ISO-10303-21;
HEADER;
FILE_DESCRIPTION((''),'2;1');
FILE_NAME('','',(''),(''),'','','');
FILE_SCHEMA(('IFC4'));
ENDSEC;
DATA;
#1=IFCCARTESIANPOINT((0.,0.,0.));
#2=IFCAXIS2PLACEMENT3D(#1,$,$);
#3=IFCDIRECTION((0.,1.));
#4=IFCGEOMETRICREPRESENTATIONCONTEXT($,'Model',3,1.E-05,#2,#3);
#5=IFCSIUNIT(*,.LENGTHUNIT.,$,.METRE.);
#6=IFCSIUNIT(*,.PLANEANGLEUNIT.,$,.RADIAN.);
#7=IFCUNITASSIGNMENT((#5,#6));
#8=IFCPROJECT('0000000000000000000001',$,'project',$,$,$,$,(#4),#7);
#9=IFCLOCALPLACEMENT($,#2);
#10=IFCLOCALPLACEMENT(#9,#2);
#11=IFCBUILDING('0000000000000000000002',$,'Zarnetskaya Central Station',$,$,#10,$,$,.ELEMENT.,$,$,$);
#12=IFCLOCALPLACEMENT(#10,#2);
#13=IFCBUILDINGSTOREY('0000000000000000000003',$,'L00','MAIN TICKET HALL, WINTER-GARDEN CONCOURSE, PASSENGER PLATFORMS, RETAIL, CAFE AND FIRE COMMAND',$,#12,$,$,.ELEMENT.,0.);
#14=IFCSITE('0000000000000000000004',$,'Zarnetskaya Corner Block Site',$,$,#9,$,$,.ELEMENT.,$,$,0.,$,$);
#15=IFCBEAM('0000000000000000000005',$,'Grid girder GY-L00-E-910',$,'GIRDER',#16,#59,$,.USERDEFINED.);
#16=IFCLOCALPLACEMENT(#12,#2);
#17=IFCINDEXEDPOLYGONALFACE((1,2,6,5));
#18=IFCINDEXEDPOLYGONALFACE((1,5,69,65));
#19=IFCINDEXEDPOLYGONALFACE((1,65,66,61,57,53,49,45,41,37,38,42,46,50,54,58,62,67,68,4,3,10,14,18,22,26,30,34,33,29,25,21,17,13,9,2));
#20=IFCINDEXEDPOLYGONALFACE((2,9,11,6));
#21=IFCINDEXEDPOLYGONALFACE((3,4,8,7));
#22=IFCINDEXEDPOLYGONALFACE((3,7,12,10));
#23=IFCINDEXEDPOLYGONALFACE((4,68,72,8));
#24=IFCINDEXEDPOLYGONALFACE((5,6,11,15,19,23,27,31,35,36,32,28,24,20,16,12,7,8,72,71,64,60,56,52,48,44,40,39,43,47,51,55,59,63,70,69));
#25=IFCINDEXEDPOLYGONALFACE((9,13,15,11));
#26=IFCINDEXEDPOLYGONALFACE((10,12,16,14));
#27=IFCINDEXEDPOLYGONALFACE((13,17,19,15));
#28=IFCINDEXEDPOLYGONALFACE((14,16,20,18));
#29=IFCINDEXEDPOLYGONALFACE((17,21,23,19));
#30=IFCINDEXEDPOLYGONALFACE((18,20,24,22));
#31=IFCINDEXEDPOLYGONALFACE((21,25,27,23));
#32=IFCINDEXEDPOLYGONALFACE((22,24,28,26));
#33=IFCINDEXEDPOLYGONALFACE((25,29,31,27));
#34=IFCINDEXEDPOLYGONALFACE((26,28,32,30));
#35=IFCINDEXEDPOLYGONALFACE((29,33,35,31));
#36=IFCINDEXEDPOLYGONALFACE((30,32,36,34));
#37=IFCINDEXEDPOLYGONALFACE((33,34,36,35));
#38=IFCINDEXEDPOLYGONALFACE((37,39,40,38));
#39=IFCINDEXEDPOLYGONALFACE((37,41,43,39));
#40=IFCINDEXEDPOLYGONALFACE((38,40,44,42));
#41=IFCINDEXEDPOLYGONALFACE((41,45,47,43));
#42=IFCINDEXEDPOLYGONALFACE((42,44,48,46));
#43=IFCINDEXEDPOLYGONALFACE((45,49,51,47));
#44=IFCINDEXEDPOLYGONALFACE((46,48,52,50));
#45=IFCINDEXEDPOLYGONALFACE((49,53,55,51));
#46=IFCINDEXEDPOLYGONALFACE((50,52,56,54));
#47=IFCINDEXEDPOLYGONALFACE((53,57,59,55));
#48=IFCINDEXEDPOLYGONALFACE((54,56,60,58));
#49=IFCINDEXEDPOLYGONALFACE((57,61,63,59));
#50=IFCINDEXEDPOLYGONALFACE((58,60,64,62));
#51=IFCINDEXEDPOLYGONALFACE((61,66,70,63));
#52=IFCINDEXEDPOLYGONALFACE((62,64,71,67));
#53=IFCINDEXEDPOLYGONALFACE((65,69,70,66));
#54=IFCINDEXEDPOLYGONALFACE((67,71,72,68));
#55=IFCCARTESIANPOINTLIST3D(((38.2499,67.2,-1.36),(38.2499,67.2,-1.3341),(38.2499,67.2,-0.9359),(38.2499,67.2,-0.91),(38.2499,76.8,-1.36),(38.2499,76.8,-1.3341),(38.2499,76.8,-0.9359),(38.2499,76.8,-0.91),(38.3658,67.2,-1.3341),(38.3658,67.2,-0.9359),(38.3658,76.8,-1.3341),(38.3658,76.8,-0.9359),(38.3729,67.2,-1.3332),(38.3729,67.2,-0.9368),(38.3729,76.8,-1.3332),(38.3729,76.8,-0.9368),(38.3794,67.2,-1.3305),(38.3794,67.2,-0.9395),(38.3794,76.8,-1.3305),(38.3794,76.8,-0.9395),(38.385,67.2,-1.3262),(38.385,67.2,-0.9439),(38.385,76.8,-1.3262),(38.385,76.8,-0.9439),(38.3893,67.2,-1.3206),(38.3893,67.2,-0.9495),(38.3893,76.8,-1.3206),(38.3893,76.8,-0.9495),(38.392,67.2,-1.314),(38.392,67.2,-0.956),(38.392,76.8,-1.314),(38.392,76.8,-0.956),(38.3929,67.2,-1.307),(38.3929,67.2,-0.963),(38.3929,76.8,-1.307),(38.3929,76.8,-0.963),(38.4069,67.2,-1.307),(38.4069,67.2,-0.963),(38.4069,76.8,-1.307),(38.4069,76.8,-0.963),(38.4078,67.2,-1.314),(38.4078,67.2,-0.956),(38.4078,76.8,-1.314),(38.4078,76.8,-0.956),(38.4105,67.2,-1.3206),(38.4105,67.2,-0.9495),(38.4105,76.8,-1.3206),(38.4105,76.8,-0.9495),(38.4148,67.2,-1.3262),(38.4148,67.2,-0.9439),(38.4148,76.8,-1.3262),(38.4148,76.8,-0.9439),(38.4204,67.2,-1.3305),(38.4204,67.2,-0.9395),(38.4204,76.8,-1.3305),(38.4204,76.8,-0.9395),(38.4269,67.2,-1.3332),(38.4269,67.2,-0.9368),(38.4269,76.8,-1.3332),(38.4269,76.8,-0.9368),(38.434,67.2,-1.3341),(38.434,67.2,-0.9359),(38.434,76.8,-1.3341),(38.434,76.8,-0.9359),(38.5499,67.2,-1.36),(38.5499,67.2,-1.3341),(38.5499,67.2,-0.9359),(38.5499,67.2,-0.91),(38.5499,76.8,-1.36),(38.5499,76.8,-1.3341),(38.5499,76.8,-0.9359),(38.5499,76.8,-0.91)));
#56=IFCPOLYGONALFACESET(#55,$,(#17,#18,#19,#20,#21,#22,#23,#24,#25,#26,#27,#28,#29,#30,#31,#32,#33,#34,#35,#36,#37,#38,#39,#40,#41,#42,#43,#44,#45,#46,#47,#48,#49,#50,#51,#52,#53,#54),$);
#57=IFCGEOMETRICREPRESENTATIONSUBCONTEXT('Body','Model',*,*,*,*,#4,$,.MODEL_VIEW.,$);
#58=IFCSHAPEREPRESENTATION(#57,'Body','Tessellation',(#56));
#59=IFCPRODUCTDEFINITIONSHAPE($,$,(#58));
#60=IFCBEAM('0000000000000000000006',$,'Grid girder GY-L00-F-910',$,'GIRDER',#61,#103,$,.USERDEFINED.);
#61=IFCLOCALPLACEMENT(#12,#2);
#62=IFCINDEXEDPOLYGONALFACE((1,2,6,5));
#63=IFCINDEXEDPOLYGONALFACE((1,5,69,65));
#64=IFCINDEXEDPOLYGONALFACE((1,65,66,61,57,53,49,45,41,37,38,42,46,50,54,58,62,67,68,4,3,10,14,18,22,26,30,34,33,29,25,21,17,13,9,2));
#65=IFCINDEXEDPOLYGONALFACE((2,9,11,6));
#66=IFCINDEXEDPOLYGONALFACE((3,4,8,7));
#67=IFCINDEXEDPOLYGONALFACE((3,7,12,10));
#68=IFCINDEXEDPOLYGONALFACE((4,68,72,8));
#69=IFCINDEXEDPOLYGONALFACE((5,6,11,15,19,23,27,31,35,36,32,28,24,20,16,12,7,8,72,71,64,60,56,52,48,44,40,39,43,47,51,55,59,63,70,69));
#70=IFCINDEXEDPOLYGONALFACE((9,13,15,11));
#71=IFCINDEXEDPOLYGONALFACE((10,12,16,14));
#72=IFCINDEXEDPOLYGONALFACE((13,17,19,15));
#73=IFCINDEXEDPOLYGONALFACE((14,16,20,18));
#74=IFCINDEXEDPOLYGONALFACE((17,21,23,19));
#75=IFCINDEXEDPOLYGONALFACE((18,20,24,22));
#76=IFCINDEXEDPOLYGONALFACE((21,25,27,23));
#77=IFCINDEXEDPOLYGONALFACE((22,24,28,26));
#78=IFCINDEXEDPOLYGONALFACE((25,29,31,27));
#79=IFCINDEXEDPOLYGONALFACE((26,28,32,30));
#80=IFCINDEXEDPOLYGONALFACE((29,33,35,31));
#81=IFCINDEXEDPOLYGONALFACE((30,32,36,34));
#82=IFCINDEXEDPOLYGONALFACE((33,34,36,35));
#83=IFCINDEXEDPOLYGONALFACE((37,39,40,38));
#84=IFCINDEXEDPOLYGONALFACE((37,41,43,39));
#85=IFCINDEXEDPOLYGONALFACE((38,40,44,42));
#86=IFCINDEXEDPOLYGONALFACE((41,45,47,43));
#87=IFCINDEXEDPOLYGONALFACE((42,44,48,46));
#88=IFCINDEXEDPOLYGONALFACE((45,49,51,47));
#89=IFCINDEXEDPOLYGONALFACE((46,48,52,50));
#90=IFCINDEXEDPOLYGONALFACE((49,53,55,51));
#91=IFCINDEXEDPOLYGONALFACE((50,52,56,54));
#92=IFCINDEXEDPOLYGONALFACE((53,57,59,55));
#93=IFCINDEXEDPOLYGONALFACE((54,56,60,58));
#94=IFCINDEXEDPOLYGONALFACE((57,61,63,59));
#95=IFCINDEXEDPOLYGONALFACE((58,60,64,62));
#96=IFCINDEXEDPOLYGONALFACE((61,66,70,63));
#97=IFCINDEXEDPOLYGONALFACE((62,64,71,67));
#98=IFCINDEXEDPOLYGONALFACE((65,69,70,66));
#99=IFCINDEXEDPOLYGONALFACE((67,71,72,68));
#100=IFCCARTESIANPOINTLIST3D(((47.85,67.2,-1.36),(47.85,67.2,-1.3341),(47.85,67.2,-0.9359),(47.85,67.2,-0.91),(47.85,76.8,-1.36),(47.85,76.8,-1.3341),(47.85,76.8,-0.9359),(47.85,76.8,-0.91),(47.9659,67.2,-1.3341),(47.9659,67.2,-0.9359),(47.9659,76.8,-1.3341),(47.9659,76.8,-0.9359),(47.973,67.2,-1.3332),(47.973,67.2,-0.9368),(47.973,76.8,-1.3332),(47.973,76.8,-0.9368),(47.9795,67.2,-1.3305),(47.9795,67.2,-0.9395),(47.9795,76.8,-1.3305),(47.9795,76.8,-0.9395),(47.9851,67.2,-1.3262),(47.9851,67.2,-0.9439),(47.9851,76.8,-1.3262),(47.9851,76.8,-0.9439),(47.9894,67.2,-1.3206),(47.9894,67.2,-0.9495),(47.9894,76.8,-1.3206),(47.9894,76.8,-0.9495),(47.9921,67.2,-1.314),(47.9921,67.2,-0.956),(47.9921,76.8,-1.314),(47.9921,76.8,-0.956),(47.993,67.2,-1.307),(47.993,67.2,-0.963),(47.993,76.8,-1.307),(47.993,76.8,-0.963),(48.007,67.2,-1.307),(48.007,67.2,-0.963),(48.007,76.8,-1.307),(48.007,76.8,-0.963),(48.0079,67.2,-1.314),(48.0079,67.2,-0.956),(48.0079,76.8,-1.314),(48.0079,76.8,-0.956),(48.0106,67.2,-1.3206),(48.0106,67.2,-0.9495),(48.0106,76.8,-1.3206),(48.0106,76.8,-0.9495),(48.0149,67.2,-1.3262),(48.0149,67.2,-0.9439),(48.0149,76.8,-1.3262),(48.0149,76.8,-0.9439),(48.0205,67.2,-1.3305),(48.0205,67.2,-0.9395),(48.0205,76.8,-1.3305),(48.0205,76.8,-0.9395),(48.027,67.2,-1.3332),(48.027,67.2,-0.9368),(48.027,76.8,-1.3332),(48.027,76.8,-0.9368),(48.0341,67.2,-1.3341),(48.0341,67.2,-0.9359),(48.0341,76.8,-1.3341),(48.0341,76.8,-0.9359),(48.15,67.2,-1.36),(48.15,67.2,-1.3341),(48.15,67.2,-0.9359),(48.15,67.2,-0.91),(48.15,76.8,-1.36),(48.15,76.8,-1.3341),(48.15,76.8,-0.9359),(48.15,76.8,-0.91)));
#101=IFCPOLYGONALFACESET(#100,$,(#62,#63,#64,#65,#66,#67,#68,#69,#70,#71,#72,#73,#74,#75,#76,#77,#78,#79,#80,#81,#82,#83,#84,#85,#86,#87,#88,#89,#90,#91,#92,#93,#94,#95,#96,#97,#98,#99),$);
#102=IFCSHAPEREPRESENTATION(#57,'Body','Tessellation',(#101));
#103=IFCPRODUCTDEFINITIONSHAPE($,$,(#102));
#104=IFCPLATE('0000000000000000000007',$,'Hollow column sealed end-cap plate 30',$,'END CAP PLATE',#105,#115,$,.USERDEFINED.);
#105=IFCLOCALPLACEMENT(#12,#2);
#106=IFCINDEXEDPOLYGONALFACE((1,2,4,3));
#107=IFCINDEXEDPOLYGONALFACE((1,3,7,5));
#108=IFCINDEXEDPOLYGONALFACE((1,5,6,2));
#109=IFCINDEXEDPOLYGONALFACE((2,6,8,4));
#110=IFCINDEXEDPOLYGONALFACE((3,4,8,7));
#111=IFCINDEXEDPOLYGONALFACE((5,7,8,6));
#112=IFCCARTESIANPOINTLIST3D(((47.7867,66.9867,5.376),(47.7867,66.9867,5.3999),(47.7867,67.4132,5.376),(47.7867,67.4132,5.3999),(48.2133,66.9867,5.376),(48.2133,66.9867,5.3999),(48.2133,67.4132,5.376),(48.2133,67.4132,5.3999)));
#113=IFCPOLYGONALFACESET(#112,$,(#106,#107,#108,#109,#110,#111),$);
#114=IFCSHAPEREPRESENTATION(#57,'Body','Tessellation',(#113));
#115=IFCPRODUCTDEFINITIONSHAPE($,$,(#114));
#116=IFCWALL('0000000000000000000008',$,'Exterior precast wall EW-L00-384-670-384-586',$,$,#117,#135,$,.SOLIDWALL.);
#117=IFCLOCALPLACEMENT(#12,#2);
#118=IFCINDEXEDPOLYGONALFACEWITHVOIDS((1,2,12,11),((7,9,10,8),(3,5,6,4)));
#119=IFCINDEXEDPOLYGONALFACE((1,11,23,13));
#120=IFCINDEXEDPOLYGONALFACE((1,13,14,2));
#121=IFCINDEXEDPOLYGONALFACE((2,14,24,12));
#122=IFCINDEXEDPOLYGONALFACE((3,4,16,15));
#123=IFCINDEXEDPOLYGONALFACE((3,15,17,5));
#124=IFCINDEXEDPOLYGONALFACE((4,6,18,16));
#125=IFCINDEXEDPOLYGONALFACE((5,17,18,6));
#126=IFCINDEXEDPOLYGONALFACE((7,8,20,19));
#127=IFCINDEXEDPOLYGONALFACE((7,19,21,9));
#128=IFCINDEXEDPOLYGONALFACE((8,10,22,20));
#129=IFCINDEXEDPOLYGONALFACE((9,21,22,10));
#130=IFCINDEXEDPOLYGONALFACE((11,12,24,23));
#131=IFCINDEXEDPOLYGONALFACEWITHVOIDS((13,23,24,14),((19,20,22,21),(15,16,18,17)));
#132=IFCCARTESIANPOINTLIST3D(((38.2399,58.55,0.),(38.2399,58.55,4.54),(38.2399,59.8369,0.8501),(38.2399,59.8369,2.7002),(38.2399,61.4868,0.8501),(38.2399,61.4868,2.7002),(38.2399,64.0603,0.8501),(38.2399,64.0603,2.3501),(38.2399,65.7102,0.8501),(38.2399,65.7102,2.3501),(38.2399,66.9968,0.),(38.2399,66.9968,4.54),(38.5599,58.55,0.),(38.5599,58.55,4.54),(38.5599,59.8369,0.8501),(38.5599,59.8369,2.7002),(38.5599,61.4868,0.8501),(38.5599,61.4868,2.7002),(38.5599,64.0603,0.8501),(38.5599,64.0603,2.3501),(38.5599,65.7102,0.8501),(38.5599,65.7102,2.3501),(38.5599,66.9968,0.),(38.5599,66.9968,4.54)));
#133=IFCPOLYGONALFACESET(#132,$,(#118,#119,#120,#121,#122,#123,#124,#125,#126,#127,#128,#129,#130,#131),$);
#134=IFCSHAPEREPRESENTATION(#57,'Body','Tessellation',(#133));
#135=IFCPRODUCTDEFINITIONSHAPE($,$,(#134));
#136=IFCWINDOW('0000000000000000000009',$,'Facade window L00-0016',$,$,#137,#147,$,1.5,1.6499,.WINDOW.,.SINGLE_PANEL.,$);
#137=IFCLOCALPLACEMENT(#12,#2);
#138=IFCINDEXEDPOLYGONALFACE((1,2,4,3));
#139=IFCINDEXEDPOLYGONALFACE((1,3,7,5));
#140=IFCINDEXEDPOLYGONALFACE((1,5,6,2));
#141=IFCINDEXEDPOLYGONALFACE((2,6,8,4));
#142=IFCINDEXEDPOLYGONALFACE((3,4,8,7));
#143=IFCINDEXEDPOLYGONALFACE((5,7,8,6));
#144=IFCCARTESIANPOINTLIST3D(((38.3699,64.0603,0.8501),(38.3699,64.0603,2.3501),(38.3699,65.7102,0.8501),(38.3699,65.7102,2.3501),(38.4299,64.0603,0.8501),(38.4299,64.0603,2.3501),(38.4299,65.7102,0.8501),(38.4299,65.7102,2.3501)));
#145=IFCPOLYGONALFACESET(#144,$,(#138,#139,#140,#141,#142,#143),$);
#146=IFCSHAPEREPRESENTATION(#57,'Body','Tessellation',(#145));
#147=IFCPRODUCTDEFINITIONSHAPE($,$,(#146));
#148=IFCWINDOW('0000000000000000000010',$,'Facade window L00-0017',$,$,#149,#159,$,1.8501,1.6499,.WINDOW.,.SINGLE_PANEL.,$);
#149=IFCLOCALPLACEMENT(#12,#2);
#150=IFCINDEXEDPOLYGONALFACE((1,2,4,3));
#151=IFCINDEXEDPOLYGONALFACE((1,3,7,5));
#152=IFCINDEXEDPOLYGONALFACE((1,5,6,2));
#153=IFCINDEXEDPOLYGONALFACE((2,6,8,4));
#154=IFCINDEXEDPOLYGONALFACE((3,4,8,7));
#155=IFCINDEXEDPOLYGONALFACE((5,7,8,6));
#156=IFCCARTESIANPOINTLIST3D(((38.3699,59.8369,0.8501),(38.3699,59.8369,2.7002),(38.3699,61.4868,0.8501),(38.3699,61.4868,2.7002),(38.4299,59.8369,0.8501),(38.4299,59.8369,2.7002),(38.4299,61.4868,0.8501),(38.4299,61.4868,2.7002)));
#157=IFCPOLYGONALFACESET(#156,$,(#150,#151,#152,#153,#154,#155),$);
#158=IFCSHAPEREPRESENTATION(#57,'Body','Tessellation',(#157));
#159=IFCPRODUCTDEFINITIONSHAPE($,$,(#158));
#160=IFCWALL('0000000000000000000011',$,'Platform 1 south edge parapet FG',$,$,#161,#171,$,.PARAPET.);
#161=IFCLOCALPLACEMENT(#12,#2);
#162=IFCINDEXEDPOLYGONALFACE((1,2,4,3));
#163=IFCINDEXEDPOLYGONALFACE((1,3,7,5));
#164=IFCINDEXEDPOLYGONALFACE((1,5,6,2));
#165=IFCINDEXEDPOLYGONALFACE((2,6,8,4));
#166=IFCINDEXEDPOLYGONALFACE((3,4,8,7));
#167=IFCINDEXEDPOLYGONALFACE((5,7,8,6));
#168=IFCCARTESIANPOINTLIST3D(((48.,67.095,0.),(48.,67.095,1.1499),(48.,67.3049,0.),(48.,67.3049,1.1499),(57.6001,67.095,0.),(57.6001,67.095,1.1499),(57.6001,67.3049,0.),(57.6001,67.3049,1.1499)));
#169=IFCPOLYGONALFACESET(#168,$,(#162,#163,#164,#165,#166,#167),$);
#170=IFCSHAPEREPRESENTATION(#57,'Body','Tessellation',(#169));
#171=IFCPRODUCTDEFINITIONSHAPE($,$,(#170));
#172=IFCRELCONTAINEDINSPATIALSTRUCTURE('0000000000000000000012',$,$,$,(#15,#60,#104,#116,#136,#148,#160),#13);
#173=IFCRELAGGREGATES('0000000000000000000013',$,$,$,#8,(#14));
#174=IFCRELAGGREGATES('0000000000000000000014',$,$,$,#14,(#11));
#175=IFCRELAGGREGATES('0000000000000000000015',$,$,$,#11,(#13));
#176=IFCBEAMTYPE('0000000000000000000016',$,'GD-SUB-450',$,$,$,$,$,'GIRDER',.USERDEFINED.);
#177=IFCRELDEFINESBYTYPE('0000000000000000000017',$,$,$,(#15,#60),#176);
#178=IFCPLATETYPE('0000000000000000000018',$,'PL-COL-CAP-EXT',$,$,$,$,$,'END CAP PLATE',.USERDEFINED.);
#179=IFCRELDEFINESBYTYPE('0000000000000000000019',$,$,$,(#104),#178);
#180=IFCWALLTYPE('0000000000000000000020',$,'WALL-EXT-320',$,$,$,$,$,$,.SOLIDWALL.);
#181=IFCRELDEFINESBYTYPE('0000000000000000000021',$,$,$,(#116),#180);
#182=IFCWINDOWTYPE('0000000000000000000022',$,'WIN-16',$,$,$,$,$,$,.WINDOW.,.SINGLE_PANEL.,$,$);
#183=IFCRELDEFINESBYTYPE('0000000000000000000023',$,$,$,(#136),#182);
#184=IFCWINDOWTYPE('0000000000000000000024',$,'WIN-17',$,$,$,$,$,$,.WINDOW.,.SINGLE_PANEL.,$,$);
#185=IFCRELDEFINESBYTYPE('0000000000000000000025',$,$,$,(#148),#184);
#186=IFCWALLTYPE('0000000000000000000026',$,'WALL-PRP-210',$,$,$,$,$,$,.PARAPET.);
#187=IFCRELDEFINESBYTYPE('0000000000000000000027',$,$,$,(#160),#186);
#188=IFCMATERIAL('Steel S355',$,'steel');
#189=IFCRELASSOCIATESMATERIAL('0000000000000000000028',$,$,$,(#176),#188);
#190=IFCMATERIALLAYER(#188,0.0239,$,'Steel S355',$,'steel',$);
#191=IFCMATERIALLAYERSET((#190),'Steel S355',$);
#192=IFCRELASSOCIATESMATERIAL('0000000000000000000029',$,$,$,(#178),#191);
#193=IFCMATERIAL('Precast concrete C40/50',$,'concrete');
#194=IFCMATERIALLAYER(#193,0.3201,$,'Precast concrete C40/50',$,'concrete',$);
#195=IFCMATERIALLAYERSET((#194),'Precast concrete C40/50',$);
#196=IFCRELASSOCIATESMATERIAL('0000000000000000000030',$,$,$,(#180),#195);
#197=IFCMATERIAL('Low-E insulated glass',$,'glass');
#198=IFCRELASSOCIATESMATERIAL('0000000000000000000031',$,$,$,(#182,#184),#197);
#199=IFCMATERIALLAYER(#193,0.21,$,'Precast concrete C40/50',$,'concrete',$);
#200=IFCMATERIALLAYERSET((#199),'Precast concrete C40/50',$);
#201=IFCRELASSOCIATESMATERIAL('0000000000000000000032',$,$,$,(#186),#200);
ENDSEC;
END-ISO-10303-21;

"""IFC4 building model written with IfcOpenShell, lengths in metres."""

from ifc_helpers import new_model, si_unit, direction, frame, frame_2d, origin, origin_2d, place, context, subcontext, project, spatial, rectangle, i_section, extrude, material, layer, layer_set, material_profile, profile_set, type_object, element, fill, save


model = new_model("IFC4")

# Units and contexts
model_context = context("Model", 3, precision=1e-05, world=origin(), true_north=direction((0.0, 1.0)))
body_context = subcontext(model_context, "Body", "Model", "MODEL_VIEW")
ifc_project = project(units=[si_unit("LENGTHUNIT", "METRE"), si_unit("PLANEANGLEUNIT", "RADIAN")], contexts=[model_context])

# Site, building, storey
site_placement = place(None, origin())
site = spatial("IfcSite", under=ifc_project, at=site_placement, Name="Zarnetskaya Corner Block Site", CompositionType="ELEMENT", RefElevation=0.0)
building_placement = place(site_placement, origin())
building = spatial("IfcBuilding", under=site, at=building_placement, Name="Zarnetskaya Central Station", CompositionType="ELEMENT")
storey_placement = place(building_placement, origin())
storey = spatial("IfcBuildingStorey", under=building, at=storey_placement, Name="L00", Description="MAIN TICKET HALL, WINTER-GARDEN CONCOURSE, PASSENGER PLATFORMS, RETAIL, CAFE AND FIRE COMMAND", CompositionType="ELEMENT", Elevation=0.0)

# Shared definitions
ifc_material_1 = material(Name="Steel S355", Category="steel")

# Beams
ifc_material_profile_1 = material_profile(ifc_material_1, i_section(OverallWidth=0.3, OverallDepth=0.45, WebThickness=0.0139, FlangeThickness=0.0259, FilletRadius=0.0271, at=origin_2d()), Name="HEB 450")
ifc_profile_set_1 = profile_set([ifc_material_profile_1], Name="Steel S355")
beam_type_1 = type_object("IfcBeamType", Name="GD-SUB-450", ElementType="GIRDER", PredefinedType="USERDEFINED", material=ifc_profile_set_1)
for number, where, z_axis, x_axis, name in (
    (1, (38.3999, 67.2, -1.135), (0.0, 1.0, 0.0), (-1.0, 0.0, 0.0), "Grid girder GY-L00-E-910"),
    (2, (48.0, 67.2, -1.135), (0.0, 1.0, 0.0), (-1.0, 0.0, 0.0), "Grid girder GY-L00-F-910"),
):
    element("IfcBeam", number, at=place(storey_placement, frame(where, z_axis=z_axis, x_axis=x_axis)), inside=storey, type_object=beam_type_1, Name=name, ObjectType="GIRDER", PredefinedType="USERDEFINED", context=body_context, shape_type="SweptSolid", body=[
        extrude(i_section(OverallWidth=0.3, OverallDepth=0.45, WebThickness=0.0139, FlangeThickness=0.0259, FilletRadius=0.0271, at=origin_2d()), origin(), (0.0, 0.0, 1.0), 9.6001),
    ])

# Plate
ifc_layer_1 = layer(ifc_material_1, 0.0239, Name="Steel S355", Category="steel")
ifc_layer_set_1 = layer_set([ifc_layer_1], Name="Steel S355")
plate_type = type_object("IfcPlateType", Name="PL-COL-CAP-EXT", ElementType="END CAP PLATE", PredefinedType="USERDEFINED", material=ifc_layer_set_1)
plate_placement = place(storey_placement, frame((48.0, 67.2, 5.376), z_axis=(0.0, 0.0, 1.0), x_axis=(1.0, 0.0, 0.0)))
element("IfcPlate", 3, at=plate_placement, inside=storey, type_object=plate_type, Name="Hollow column sealed end-cap plate 30", ObjectType="END CAP PLATE", PredefinedType="USERDEFINED", context=body_context, shape_type="SweptSolid", body=[
    extrude(rectangle(XDim=0.4265, YDim=0.4265, at=origin_2d()), origin(), (0.0, 0.0, 1.0), 0.0239),
])

# Wall, openings, windows
ifc_material_2 = material(Name="Precast concrete C40/50", Category="concrete")
ifc_layer_2 = layer(ifc_material_2, 0.3201, Name="Precast concrete C40/50", Category="concrete")
ifc_layer_set_2 = layer_set([ifc_layer_2], Name="Precast concrete C40/50")
wall_type_1 = type_object("IfcWallType", Name="WALL-EXT-320", PredefinedType="SOLIDWALL", material=ifc_layer_set_2)
wall_1_placement = place(storey_placement, frame((38.3999, 66.9968, 0.0), z_axis=(0.0, 0.0, 1.0), x_axis=(0.0, -1.0, 0.0)))
wall_1 = element("IfcWall", 4, at=wall_1_placement, inside=storey, type_object=wall_type_1, Name="Exterior precast wall EW-L00-384-670-384-586", PredefinedType="SOLIDWALL", context=body_context, shape_type="SweptSolid", body=[
    extrude(rectangle(XDim=8.4468, YDim=0.3201, at=frame_2d((4.2234, 0.0))), origin(), (0.0, 0.0, 1.0), 4.54),
])
opening_1_placement = place(wall_1_placement, frame((1.2866, 0.0, 0.8501)))
opening_1 = element("IfcOpeningElement", 5, at=opening_1_placement, cuts=wall_1, PredefinedType="OPENING", context=body_context, shape_type="SweptSolid", body=[
    extrude(rectangle(XDim=1.6499, YDim=1.5, at=frame_2d((0.825, 0.75))), frame((0.0, 0.1699, 0.0), z_axis=(0.0, -1.0, 0.0), x_axis=(1.0, 0.0, 0.0)), (0.0, 0.0, 1.0), 0.3401),
])
opening_2_placement = place(wall_1_placement, frame((5.51, 0.0, 0.8501)))
opening_2 = element("IfcOpeningElement", 6, at=opening_2_placement, cuts=wall_1, PredefinedType="OPENING", context=body_context, shape_type="SweptSolid", body=[
    extrude(rectangle(XDim=1.6499, YDim=1.8501, at=frame_2d((0.825, 0.925))), frame((0.0, 0.1699, 0.0), z_axis=(0.0, -1.0, 0.0), x_axis=(1.0, 0.0, 0.0)), (0.0, 0.0, 1.0), 0.3401),
])
ifc_material_3 = material(Name="Low-E insulated glass", Category="glass")
window_type_1 = type_object("IfcWindowType", Name="WIN-16", PartitioningType="SINGLE_PANEL", PredefinedType="WINDOW", material=ifc_material_3)
window_1_placement = place(opening_1_placement, origin())
window_1 = element("IfcWindow", 7, at=window_1_placement, inside=storey, type_object=window_type_1, Name="Facade window L00-0016", OverallHeight=1.5, OverallWidth=1.6499, PartitioningType="SINGLE_PANEL", PredefinedType="WINDOW", context=body_context, shape_type="SweptSolid", body=[
    extrude(rectangle(XDim=1.6499, YDim=1.5, at=frame_2d((0.825, 0.75))), frame((0.0, 0.03, 0.0), z_axis=(0.0, -1.0, 0.0), x_axis=(1.0, 0.0, 0.0)), (0.0, 0.0, 1.0), 0.0601),
])
fill(opening_1, window_1)
window_type_2 = type_object("IfcWindowType", Name="WIN-17", PartitioningType="SINGLE_PANEL", PredefinedType="WINDOW", material=ifc_material_3)
window_2_placement = place(opening_2_placement, origin())
window_2 = element("IfcWindow", 8, at=window_2_placement, inside=storey, type_object=window_type_2, Name="Facade window L00-0017", OverallHeight=1.8501, OverallWidth=1.6499, PartitioningType="SINGLE_PANEL", PredefinedType="WINDOW", context=body_context, shape_type="SweptSolid", body=[
    extrude(rectangle(XDim=1.6499, YDim=1.8501, at=frame_2d((0.825, 0.925))), frame((0.0, 0.03, 0.0), z_axis=(0.0, -1.0, 0.0), x_axis=(1.0, 0.0, 0.0)), (0.0, 0.0, 1.0), 0.0601),
])
fill(opening_2, window_2)

# Wall
ifc_layer_3 = layer(ifc_material_2, 0.21, Name="Precast concrete C40/50", Category="concrete")
ifc_layer_set_3 = layer_set([ifc_layer_3], Name="Precast concrete C40/50")
wall_type_2 = type_object("IfcWallType", Name="WALL-PRP-210", PredefinedType="PARAPET", material=ifc_layer_set_3)
wall_2_placement = place(storey_placement, frame((48.0, 67.2, 0.0), z_axis=(0.0, 0.0, 1.0), x_axis=(1.0, 0.0, 0.0)))
element("IfcWall", 9, at=wall_2_placement, inside=storey, type_object=wall_type_2, Name="Platform 1 south edge parapet FG", PredefinedType="PARAPET", context=body_context, shape_type="SweptSolid", body=[
    extrude(rectangle(XDim=9.6001, YDim=0.21, at=frame_2d((4.8, 0.0))), origin(), (0.0, 0.0, 1.0), 1.1499),
])

save(model, "model.ifc")
